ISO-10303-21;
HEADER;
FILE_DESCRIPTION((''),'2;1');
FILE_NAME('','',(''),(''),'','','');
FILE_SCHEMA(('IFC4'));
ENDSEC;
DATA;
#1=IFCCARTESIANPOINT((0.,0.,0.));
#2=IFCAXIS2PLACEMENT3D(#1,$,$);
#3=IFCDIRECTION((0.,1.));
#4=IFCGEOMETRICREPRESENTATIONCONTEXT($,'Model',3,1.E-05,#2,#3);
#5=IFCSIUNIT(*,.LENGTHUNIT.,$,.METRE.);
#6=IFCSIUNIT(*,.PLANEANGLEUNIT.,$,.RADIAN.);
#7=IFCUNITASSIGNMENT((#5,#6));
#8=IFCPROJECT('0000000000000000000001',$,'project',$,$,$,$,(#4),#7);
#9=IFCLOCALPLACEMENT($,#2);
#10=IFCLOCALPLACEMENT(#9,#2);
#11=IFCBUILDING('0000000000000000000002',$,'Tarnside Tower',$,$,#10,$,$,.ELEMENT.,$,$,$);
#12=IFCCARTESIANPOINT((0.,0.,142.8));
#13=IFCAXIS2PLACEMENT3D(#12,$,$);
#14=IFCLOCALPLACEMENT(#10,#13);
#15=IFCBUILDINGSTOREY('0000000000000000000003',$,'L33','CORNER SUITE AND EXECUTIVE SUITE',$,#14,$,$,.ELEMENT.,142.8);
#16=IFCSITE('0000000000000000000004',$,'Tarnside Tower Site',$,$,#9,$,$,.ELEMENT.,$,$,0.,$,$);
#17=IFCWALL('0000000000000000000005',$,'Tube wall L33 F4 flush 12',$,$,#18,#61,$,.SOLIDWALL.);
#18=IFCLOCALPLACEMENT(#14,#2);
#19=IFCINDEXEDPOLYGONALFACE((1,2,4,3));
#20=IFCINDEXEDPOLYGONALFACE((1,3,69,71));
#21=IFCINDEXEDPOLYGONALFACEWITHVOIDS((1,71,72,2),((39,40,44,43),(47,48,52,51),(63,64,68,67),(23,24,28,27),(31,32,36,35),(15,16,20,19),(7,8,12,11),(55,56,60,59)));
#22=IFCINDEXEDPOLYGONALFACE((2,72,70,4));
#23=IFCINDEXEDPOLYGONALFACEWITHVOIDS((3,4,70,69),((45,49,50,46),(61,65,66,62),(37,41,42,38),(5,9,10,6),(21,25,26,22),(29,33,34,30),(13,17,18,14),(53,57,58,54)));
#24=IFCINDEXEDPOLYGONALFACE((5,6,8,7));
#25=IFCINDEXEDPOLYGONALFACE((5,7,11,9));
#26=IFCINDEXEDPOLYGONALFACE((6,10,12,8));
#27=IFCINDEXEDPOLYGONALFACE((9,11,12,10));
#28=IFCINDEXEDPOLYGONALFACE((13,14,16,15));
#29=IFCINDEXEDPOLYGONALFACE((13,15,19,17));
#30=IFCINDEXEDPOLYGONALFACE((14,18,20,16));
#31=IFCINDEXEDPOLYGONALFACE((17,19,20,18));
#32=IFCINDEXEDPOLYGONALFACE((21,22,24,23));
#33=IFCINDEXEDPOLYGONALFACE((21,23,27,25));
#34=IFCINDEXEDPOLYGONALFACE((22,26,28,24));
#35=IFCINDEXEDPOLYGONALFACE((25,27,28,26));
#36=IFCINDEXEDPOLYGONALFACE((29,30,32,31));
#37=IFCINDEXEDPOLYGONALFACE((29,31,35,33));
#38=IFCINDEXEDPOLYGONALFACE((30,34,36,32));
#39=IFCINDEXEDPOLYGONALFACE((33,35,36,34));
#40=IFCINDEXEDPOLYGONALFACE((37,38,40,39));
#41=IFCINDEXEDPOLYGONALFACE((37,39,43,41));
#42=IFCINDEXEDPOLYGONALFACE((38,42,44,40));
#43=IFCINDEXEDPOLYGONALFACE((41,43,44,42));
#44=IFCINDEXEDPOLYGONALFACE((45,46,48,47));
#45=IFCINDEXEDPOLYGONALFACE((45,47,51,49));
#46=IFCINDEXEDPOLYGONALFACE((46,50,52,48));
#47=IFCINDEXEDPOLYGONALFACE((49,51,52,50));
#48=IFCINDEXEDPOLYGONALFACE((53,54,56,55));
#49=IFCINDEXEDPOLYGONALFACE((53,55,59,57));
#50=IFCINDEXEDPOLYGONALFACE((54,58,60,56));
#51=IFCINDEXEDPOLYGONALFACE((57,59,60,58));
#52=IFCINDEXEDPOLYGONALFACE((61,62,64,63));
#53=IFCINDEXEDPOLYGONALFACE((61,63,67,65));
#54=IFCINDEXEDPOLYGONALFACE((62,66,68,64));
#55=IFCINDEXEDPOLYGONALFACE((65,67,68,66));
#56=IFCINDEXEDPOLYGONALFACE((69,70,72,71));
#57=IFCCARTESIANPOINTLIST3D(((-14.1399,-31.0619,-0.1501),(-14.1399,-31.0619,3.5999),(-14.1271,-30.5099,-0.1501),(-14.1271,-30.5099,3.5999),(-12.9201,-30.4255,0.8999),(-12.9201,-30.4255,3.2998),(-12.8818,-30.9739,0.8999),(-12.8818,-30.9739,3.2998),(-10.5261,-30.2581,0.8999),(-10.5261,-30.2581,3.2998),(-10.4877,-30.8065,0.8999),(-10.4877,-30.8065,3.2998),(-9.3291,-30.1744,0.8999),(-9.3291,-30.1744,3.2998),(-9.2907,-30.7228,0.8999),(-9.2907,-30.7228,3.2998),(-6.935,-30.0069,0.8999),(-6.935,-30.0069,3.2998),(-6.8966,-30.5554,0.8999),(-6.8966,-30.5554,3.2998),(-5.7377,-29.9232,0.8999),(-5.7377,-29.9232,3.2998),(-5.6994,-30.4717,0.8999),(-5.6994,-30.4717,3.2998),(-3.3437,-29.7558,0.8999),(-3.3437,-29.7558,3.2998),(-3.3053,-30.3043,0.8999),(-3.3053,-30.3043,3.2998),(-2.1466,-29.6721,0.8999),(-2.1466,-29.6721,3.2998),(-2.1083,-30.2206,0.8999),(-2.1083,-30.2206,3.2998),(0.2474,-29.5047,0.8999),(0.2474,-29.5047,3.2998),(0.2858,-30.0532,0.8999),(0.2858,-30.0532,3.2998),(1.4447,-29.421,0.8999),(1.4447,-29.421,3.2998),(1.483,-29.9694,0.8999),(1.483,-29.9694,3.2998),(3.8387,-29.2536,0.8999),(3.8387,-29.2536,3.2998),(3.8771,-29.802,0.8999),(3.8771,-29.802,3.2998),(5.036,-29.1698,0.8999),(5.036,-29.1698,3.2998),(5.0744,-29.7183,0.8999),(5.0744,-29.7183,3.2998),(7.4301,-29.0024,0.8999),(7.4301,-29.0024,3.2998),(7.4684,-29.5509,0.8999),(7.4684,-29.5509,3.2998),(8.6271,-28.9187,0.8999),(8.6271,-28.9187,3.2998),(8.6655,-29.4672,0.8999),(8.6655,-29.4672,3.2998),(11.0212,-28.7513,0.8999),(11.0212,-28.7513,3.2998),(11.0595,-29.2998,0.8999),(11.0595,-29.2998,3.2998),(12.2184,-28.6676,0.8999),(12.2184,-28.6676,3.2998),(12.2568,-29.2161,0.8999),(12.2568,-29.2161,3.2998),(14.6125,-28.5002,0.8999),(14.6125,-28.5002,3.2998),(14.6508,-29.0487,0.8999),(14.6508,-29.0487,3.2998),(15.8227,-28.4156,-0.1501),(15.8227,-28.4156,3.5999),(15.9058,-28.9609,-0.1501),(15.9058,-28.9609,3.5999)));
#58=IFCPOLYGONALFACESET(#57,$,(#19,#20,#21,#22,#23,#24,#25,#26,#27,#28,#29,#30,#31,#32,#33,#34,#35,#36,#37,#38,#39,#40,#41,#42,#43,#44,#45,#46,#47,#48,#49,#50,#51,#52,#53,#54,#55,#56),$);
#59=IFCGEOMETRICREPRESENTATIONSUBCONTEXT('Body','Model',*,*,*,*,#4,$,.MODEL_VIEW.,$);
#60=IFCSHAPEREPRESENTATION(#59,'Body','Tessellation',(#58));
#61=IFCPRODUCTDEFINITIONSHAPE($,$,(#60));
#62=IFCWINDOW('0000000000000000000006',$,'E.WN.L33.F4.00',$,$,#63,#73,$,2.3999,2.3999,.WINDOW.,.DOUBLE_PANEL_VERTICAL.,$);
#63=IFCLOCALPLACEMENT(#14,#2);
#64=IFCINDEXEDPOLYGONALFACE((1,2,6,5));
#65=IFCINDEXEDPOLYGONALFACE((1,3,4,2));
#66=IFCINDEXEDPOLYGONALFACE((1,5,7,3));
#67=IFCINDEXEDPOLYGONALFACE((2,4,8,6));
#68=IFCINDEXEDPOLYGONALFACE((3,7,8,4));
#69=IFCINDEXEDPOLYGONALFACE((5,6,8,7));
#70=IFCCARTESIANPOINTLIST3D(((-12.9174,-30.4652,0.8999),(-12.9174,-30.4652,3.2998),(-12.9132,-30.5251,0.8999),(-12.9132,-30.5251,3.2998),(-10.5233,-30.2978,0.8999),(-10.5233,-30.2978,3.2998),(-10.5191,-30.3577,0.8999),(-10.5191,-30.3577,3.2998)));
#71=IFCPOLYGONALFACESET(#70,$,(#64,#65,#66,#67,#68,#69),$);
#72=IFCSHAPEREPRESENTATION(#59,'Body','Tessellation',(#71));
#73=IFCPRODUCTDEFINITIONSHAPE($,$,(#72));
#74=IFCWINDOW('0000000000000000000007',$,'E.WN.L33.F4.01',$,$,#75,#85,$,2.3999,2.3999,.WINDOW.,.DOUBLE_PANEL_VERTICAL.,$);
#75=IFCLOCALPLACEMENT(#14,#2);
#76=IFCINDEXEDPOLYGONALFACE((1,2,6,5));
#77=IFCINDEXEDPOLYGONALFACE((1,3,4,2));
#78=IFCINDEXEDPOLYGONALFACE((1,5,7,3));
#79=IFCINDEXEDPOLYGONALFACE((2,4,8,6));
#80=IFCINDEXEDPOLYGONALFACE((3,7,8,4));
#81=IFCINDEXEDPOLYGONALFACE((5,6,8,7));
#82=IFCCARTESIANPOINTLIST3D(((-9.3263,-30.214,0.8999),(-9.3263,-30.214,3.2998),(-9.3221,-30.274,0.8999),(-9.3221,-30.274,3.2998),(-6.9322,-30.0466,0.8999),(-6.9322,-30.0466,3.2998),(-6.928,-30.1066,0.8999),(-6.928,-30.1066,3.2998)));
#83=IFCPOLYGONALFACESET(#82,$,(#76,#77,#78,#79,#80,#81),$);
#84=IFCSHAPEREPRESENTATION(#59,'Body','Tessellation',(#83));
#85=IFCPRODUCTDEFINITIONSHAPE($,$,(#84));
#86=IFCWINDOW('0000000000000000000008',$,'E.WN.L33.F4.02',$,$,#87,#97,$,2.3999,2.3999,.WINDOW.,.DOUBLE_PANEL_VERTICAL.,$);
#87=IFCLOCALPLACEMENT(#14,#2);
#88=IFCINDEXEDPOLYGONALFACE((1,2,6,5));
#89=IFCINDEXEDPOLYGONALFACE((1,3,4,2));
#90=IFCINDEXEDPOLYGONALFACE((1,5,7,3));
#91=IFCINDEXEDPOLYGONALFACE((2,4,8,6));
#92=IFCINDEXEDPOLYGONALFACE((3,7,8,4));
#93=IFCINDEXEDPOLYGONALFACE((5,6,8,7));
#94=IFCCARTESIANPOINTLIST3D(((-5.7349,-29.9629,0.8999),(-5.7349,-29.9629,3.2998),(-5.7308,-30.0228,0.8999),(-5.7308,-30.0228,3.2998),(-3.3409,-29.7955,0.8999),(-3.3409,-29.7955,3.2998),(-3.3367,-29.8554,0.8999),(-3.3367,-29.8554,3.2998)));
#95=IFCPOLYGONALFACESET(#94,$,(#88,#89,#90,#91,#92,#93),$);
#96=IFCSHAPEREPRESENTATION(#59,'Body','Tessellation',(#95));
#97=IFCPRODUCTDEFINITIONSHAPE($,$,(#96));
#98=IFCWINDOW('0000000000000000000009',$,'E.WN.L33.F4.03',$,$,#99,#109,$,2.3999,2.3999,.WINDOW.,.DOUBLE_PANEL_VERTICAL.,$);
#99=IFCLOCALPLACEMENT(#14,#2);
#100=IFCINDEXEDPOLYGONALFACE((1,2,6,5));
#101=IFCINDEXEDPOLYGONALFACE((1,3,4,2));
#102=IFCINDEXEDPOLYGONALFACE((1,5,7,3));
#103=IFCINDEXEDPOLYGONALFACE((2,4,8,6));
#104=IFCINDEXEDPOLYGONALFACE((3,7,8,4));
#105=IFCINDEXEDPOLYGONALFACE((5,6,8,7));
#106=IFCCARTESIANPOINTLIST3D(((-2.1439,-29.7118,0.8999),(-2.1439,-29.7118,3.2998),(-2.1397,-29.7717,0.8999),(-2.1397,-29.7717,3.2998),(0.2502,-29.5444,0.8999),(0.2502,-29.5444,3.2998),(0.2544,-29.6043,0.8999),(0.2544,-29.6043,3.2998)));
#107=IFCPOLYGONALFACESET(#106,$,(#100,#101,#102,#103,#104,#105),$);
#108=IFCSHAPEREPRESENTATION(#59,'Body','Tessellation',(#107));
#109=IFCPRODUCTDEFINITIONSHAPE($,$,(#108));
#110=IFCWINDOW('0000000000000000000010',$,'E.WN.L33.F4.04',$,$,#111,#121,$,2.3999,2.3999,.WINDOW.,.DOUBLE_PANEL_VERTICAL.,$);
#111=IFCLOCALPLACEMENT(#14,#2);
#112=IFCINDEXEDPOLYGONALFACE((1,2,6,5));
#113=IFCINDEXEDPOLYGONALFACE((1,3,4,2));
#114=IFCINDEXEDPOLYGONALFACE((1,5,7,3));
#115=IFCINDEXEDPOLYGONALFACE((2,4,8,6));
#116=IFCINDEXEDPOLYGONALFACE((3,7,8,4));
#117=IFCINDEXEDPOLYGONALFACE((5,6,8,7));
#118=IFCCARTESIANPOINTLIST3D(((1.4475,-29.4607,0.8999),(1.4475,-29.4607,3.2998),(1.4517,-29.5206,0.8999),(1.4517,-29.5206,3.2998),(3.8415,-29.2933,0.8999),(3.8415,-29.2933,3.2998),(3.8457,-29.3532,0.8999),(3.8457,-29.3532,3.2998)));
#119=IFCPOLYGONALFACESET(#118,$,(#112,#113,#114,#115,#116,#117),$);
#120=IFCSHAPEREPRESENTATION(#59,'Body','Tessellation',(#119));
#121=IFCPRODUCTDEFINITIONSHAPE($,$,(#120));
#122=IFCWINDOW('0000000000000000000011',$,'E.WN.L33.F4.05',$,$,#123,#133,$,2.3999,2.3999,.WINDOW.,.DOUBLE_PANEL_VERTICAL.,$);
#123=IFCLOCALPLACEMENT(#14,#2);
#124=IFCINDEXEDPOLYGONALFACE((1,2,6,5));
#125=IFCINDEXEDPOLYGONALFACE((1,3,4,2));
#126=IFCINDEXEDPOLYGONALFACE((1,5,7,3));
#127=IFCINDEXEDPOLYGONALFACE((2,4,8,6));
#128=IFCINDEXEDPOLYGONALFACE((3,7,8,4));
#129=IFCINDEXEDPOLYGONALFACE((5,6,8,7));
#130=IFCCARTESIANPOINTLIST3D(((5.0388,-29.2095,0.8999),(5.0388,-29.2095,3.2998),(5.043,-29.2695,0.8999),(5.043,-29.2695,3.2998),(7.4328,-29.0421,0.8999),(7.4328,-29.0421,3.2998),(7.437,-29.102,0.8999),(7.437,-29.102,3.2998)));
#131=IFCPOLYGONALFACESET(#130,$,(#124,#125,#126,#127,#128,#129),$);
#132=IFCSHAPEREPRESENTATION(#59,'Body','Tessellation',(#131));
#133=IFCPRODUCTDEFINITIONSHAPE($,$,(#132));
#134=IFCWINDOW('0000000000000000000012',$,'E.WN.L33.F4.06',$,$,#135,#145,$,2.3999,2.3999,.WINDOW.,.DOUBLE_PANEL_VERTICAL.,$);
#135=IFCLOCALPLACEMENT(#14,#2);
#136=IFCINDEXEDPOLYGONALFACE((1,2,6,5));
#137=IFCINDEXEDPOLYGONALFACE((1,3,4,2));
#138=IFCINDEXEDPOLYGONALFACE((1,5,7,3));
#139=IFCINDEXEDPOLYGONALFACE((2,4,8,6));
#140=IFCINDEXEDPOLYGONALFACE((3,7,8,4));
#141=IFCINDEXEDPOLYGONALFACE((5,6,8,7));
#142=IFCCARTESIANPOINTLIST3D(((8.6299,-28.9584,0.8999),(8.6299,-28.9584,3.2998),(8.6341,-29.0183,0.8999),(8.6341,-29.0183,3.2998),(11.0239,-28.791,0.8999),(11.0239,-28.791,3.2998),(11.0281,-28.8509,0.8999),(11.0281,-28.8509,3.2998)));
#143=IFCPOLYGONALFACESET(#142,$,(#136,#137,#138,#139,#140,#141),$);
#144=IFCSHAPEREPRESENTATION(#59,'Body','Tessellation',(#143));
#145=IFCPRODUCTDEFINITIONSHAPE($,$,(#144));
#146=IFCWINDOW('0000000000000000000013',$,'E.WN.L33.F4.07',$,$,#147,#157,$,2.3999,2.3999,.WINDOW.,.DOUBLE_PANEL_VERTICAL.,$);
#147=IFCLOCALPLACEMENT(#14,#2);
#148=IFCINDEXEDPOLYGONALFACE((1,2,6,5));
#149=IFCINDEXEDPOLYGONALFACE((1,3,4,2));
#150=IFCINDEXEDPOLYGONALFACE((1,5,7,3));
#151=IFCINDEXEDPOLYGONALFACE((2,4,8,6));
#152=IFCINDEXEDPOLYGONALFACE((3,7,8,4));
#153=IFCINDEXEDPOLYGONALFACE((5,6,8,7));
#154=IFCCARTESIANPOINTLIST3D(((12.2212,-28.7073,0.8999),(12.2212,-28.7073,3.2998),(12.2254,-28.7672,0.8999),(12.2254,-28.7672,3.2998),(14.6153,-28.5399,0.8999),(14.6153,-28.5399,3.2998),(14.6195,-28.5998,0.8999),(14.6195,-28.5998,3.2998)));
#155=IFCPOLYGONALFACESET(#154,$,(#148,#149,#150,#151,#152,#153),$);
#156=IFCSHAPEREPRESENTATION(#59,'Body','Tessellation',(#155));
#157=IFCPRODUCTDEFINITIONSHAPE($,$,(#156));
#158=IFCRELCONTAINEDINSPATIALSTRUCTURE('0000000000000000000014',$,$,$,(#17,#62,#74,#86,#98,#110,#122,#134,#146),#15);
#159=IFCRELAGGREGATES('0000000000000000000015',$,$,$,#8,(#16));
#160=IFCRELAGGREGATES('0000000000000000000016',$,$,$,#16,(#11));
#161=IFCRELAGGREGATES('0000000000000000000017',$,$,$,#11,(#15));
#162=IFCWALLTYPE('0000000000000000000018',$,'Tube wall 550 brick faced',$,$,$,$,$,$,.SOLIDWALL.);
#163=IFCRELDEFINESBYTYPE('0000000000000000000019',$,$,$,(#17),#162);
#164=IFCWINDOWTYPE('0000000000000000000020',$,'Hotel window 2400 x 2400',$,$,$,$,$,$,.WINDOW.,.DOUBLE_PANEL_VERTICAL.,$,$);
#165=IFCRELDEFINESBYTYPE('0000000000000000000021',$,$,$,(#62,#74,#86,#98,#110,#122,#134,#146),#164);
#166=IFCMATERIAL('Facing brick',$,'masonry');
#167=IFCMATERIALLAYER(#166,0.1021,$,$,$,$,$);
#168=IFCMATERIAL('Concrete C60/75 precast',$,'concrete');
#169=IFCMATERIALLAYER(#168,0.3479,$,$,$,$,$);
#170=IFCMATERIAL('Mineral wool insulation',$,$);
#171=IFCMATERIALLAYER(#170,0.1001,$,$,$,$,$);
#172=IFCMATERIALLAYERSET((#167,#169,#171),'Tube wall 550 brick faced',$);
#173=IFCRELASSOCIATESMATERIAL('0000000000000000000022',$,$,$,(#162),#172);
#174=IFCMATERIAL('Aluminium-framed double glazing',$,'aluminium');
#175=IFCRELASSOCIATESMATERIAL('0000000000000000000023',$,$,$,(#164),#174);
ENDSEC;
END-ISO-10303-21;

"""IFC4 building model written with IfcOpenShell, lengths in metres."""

from ifc_helpers import new_model, si_unit, direction, frame, frame_2d, origin, place, context, subcontext, project, spatial, polyline, rectangle, outline, extrude, material, layer, layer_set, type_object, element, fill, save


model = new_model("IFC4")

# Units and contexts
model_context = context("Model", 3, precision=1e-05, world=origin(), true_north=direction((0.0, 1.0)))
body_context = subcontext(model_context, "Body", "Model", "MODEL_VIEW")
ifc_project = project(units=[si_unit("LENGTHUNIT", "METRE"), si_unit("PLANEANGLEUNIT", "RADIAN")], contexts=[model_context])

# Site, building, storey
site_placement = place(None, origin())
site = spatial("IfcSite", under=ifc_project, at=site_placement, Name="Tarnside Tower Site", CompositionType="ELEMENT", RefElevation=0.0)
building_placement = place(site_placement, origin())
building = spatial("IfcBuilding", under=site, at=building_placement, Name="Tarnside Tower", CompositionType="ELEMENT")
storey_placement = place(building_placement, frame((0.0, 0.0, 142.8)))
storey = spatial("IfcBuildingStorey", under=building, at=storey_placement, Name="L33", Description="CORNER SUITE AND EXECUTIVE SUITE", CompositionType="ELEMENT", Elevation=142.8)

# Wall, openings, windows
ifc_material_1 = material(Name="Facing brick", Category="masonry")
ifc_layer_1 = layer(ifc_material_1, 0.1021)
ifc_material_2 = material(Name="Concrete C60/75 precast", Category="concrete")
ifc_layer_2 = layer(ifc_material_2, 0.3479)
ifc_material_3 = material(Name="Mineral wool insulation")
ifc_layer_3 = layer(ifc_material_3, 0.1001)
ifc_layer_set_1 = layer_set([ifc_layer_1, ifc_layer_2, ifc_layer_3], Name="Tube wall 550 brick faced")
wall_type_1 = type_object("IfcWallType", Name="Tube wall 550 brick faced", PredefinedType="SOLIDWALL", material=ifc_layer_set_1)
wall_1_placement = place(storey_placement, frame((-14.1335, -30.7859, -0.1501), z_axis=(0.0, 0.0, 1.0), x_axis=(0.997564, 0.069757, 0.0)))
wall_1 = element("IfcWall", 1, at=wall_1_placement, inside=storey, type_object=wall_type_1, Name="Tube wall L33 F4 flush 12", PredefinedType="SOLIDWALL", context=body_context, shape_type="SweptSolid", body=[
    extrude(outline(polyline([(-0.0256, -0.2749), (30.0935, -0.2749), (30.0486, 0.2749), (0.0256, 0.2749), (-0.0256, -0.2749)])), origin(), (0.0, 0.0, 1.0), 3.75),
])
opening_1_placement = place(wall_1_placement, frame((1.2356, 0.0, 1.05)))
opening_1 = element("IfcOpeningElement", 2, at=opening_1_placement, cuts=wall_1, PredefinedType="OPENING", context=body_context, shape_type="SweptSolid", body=[
    extrude(rectangle(XDim=2.3999, YDim=2.3999, at=frame_2d((1.2, 1.2))), frame((0.0, 0.2852, 0.0), z_axis=(0.0, -1.0, 0.0), x_axis=(1.0, 0.0, 0.0)), (0.0, 0.0, 1.0), 0.5701),
])
opening_2_placement = place(wall_1_placement, frame((4.8354, 0.0, 1.05)))
opening_2 = element("IfcOpeningElement", 3, at=opening_2_placement, cuts=wall_1, PredefinedType="OPENING", context=body_context, shape_type="SweptSolid", body=[
    extrude(rectangle(XDim=2.3999, YDim=2.3999, at=frame_2d((1.2, 1.2))), frame((0.0, 0.2852, 0.0), z_axis=(0.0, -1.0, 0.0), x_axis=(1.0, 0.0, 0.0)), (0.0, 0.0, 1.0), 0.5701),
])
opening_3_placement = place(wall_1_placement, frame((8.4355, 0.0, 1.05)))
opening_3 = element("IfcOpeningElement", 4, at=opening_3_placement, cuts=wall_1, PredefinedType="OPENING", context=body_context, shape_type="SweptSolid", body=[
    extrude(rectangle(XDim=2.3999, YDim=2.3999, at=frame_2d((1.2, 1.2))), frame((0.0, 0.2852, 0.0), z_axis=(0.0, -1.0, 0.0), x_axis=(1.0, 0.0, 0.0)), (0.0, 0.0, 1.0), 0.5701),
])
opening_4_placement = place(wall_1_placement, frame((12.0354, 0.0, 1.05)))
opening_4 = element("IfcOpeningElement", 5, at=opening_4_placement, cuts=wall_1, PredefinedType="OPENING", context=body_context, shape_type="SweptSolid", body=[
    extrude(rectangle(XDim=2.3999, YDim=2.3999, at=frame_2d((1.2, 1.2))), frame((0.0, 0.2852, 0.0), z_axis=(0.0, -1.0, 0.0), x_axis=(1.0, 0.0, 0.0)), (0.0, 0.0, 1.0), 0.5701),
])
opening_5_placement = place(wall_1_placement, frame((15.6355, 0.0, 1.05)))
opening_5 = element("IfcOpeningElement", 6, at=opening_5_placement, cuts=wall_1, PredefinedType="OPENING", context=body_context, shape_type="SweptSolid", body=[
    extrude(rectangle(XDim=2.3999, YDim=2.3999, at=frame_2d((1.2, 1.2))), frame((0.0, 0.2852, 0.0), z_axis=(0.0, -1.0, 0.0), x_axis=(1.0, 0.0, 0.0)), (0.0, 0.0, 1.0), 0.5701),
])
opening_6_placement = place(wall_1_placement, frame((19.2356, 0.0, 1.05)))
opening_6 = element("IfcOpeningElement", 7, at=opening_6_placement, cuts=wall_1, PredefinedType="OPENING", context=body_context, shape_type="SweptSolid", body=[
    extrude(rectangle(XDim=2.3999, YDim=2.3999, at=frame_2d((1.2, 1.2))), frame((0.0, 0.2852, 0.0), z_axis=(0.0, -1.0, 0.0), x_axis=(1.0, 0.0, 0.0)), (0.0, 0.0, 1.0), 0.5701),
])
opening_7_placement = place(wall_1_placement, frame((22.8354, 0.0, 1.05)))
opening_7 = element("IfcOpeningElement", 8, at=opening_7_placement, cuts=wall_1, PredefinedType="OPENING", context=body_context, shape_type="SweptSolid", body=[
    extrude(rectangle(XDim=2.3999, YDim=2.3999, at=frame_2d((1.2, 1.2))), frame((0.0, 0.2852, 0.0), z_axis=(0.0, -1.0, 0.0), x_axis=(1.0, 0.0, 0.0)), (0.0, 0.0, 1.0), 0.5701),
])
opening_8_placement = place(wall_1_placement, frame((26.4355, 0.0, 1.05)))
opening_8 = element("IfcOpeningElement", 9, at=opening_8_placement, cuts=wall_1, PredefinedType="OPENING", context=body_context, shape_type="SweptSolid", body=[
    extrude(rectangle(XDim=2.3999, YDim=2.3999, at=frame_2d((1.2, 1.2))), frame((0.0, 0.2852, 0.0), z_axis=(0.0, -1.0, 0.0), x_axis=(1.0, 0.0, 0.0)), (0.0, 0.0, 1.0), 0.5701),
])
ifc_material_4 = material(Name="Aluminium-framed double glazing", Category="aluminium")
window_type = type_object("IfcWindowType", Name="Hotel window 2400 x 2400", PartitioningType="DOUBLE_PANEL_VERTICAL", PredefinedType="WINDOW", material=ifc_material_4)
window_1_placement = place(opening_1_placement, frame((0.0, 0.2051, 0.0)))
window_1 = element("IfcWindow", 10, at=window_1_placement, inside=storey, type_object=window_type, Name="E.WN.L33.F4.00", OverallHeight=2.3999, OverallWidth=2.3999, PartitioningType="DOUBLE_PANEL_VERTICAL", PredefinedType="WINDOW", context=body_context, shape_type="SweptSolid", body=[
    extrude(rectangle(XDim=2.3999, YDim=2.3999, at=frame_2d((1.2, 1.2))), frame((0.0, 0.03, 0.0), z_axis=(0.0, -1.0, 0.0), x_axis=(1.0, 0.0, 0.0)), (0.0, 0.0, 1.0), 0.0601),
])
fill(opening_1, window_1)
window_2_placement = place(opening_2_placement, frame((0.0, 0.2051, 0.0)))
window_2 = element("IfcWindow", 11, at=window_2_placement, inside=storey, type_object=window_type, Name="E.WN.L33.F4.01", OverallHeight=2.3999, OverallWidth=2.3999, PartitioningType="DOUBLE_PANEL_VERTICAL", PredefinedType="WINDOW", context=body_context, shape_type="SweptSolid", body=[
    extrude(rectangle(XDim=2.3999, YDim=2.3999, at=frame_2d((1.2, 1.2))), frame((0.0, 0.03, 0.0), z_axis=(0.0, -1.0, 0.0), x_axis=(1.0, 0.0, 0.0)), (0.0, 0.0, 1.0), 0.0601),
])
fill(opening_2, window_2)
window_3_placement = place(opening_3_placement, frame((0.0, 0.2051, 0.0)))
window_3 = element("IfcWindow", 12, at=window_3_placement, inside=storey, type_object=window_type, Name="E.WN.L33.F4.02", OverallHeight=2.3999, OverallWidth=2.3999, PartitioningType="DOUBLE_PANEL_VERTICAL", PredefinedType="WINDOW", context=body_context, shape_type="SweptSolid", body=[
    extrude(rectangle(XDim=2.3999, YDim=2.3999, at=frame_2d((1.2, 1.2))), frame((0.0, 0.03, 0.0), z_axis=(0.0, -1.0, 0.0), x_axis=(1.0, 0.0, 0.0)), (0.0, 0.0, 1.0), 0.0601),
])
fill(opening_3, window_3)
window_4_placement = place(opening_4_placement, frame((0.0, 0.2051, 0.0)))
window_4 = element("IfcWindow", 13, at=window_4_placement, inside=storey, type_object=window_type, Name="E.WN.L33.F4.03", OverallHeight=2.3999, OverallWidth=2.3999, PartitioningType="DOUBLE_PANEL_VERTICAL", PredefinedType="WINDOW", context=body_context, shape_type="SweptSolid", body=[
    extrude(rectangle(XDim=2.3999, YDim=2.3999, at=frame_2d((1.2, 1.2))), frame((0.0, 0.03, 0.0), z_axis=(0.0, -1.0, 0.0), x_axis=(1.0, 0.0, 0.0)), (0.0, 0.0, 1.0), 0.0601),
])
fill(opening_4, window_4)
window_5_placement = place(opening_5_placement, frame((0.0, 0.2051, 0.0)))
window_5 = element("IfcWindow", 14, at=window_5_placement, inside=storey, type_object=window_type, Name="E.WN.L33.F4.04", OverallHeight=2.3999, OverallWidth=2.3999, PartitioningType="DOUBLE_PANEL_VERTICAL", PredefinedType="WINDOW", context=body_context, shape_type="SweptSolid", body=[
    extrude(rectangle(XDim=2.3999, YDim=2.3999, at=frame_2d((1.2, 1.2))), frame((0.0, 0.03, 0.0), z_axis=(0.0, -1.0, 0.0), x_axis=(1.0, 0.0, 0.0)), (0.0, 0.0, 1.0), 0.0601),
])
fill(opening_5, window_5)
window_6_placement = place(opening_6_placement, frame((0.0, 0.2051, 0.0)))
window_6 = element("IfcWindow", 15, at=window_6_placement, inside=storey, type_object=window_type, Name="E.WN.L33.F4.05", OverallHeight=2.3999, OverallWidth=2.3999, PartitioningType="DOUBLE_PANEL_VERTICAL", PredefinedType="WINDOW", context=body_context, shape_type="SweptSolid", body=[
    extrude(rectangle(XDim=2.3999, YDim=2.3999, at=frame_2d((1.2, 1.2))), frame((0.0, 0.03, 0.0), z_axis=(0.0, -1.0, 0.0), x_axis=(1.0, 0.0, 0.0)), (0.0, 0.0, 1.0), 0.0601),
])
fill(opening_6, window_6)
window_7_placement = place(opening_7_placement, frame((0.0, 0.2051, 0.0)))
window_7 = element("IfcWindow", 16, at=window_7_placement, inside=storey, type_object=window_type, Name="E.WN.L33.F4.06", OverallHeight=2.3999, OverallWidth=2.3999, PartitioningType="DOUBLE_PANEL_VERTICAL", PredefinedType="WINDOW", context=body_context, shape_type="SweptSolid", body=[
    extrude(rectangle(XDim=2.3999, YDim=2.3999, at=frame_2d((1.2, 1.2))), frame((0.0, 0.03, 0.0), z_axis=(0.0, -1.0, 0.0), x_axis=(1.0, 0.0, 0.0)), (0.0, 0.0, 1.0), 0.0601),
])
fill(opening_7, window_7)
window_8_placement = place(opening_8_placement, frame((0.0, 0.2051, 0.0)))
window_8 = element("IfcWindow", 17, at=window_8_placement, inside=storey, type_object=window_type, Name="E.WN.L33.F4.07", OverallHeight=2.3999, OverallWidth=2.3999, PartitioningType="DOUBLE_PANEL_VERTICAL", PredefinedType="WINDOW", context=body_context, shape_type="SweptSolid", body=[
    extrude(rectangle(XDim=2.3999, YDim=2.3999, at=frame_2d((1.2, 1.2))), frame((0.0, 0.03, 0.0), z_axis=(0.0, -1.0, 0.0), x_axis=(1.0, 0.0, 0.0)), (0.0, 0.0, 1.0), 0.0601),
])
fill(opening_8, window_8)

save(model, "model.ifc")
